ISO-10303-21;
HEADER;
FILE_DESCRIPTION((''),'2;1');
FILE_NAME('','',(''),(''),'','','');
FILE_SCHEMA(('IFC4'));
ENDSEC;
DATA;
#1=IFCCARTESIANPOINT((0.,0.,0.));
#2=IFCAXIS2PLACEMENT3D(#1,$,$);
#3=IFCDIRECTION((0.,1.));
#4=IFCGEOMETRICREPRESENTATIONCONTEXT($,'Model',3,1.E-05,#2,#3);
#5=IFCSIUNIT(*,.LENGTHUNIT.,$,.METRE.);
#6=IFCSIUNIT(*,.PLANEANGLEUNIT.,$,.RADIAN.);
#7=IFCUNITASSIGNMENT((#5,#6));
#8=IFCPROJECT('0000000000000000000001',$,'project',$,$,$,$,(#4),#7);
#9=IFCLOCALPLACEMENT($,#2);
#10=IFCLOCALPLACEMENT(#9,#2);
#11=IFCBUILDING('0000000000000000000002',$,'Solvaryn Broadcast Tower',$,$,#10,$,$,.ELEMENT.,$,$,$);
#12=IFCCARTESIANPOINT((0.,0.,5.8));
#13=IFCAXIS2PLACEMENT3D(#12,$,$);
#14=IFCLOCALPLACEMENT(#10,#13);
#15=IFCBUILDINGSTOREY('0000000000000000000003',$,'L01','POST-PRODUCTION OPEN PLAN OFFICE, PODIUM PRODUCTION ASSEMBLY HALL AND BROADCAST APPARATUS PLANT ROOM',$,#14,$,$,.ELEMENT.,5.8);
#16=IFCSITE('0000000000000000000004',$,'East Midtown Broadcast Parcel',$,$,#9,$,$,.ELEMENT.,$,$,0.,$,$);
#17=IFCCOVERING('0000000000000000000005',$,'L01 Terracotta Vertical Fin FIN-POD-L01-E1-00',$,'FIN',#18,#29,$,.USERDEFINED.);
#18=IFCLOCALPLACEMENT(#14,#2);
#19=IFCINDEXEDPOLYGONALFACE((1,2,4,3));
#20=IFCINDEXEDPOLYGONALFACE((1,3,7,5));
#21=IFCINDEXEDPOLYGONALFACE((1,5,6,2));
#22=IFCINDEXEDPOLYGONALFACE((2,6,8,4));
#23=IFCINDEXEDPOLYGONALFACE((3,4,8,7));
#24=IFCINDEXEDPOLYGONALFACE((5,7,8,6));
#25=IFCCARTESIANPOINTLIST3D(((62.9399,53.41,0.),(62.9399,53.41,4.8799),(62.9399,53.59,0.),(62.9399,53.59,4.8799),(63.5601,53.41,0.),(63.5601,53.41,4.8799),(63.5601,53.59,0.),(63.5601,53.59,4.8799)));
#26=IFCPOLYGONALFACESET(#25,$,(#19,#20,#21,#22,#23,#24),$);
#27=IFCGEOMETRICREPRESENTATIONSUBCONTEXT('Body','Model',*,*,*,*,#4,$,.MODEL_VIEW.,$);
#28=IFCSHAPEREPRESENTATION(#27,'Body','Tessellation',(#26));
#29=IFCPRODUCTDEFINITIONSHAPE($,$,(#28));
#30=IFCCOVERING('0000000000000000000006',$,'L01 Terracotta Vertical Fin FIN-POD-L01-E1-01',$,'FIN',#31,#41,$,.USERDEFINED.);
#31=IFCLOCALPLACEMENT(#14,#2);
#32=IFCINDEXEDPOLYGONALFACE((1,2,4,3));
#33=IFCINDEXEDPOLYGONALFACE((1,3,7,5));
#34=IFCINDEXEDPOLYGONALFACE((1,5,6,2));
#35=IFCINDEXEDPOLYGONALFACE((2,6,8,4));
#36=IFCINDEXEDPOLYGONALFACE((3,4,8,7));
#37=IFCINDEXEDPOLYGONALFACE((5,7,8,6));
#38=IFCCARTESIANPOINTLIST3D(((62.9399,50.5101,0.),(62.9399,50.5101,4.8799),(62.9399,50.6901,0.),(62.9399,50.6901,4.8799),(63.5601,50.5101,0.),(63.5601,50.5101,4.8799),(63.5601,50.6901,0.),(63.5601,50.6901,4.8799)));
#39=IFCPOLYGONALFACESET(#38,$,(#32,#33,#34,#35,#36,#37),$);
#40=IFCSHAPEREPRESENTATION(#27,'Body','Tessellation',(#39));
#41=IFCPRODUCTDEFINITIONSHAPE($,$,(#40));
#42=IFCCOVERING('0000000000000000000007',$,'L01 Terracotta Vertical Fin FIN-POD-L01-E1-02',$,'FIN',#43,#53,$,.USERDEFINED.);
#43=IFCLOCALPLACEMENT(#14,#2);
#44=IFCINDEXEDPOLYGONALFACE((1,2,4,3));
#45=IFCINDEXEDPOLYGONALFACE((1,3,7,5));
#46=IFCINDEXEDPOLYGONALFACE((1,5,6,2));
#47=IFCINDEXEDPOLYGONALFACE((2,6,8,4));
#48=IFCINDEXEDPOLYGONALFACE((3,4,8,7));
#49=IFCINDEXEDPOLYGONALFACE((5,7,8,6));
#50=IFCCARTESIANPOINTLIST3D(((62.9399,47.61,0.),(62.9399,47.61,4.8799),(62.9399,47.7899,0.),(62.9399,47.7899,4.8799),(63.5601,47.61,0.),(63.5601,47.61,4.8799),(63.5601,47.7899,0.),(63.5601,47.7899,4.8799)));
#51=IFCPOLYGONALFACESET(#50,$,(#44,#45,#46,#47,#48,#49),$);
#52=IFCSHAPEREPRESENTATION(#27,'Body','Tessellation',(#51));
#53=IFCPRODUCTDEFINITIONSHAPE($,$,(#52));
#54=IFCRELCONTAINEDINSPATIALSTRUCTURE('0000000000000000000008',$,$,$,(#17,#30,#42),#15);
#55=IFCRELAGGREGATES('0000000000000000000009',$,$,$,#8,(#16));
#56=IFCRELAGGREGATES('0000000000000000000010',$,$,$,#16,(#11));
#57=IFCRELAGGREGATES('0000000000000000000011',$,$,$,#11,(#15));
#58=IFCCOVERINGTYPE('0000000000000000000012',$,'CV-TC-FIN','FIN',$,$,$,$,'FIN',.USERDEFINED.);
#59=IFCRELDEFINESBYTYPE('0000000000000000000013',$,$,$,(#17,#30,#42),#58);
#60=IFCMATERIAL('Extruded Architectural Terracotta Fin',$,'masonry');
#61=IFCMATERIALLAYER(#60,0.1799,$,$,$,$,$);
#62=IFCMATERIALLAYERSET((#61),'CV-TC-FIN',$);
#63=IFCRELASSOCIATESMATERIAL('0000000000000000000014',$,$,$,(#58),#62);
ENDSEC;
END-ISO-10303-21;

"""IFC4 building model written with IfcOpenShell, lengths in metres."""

from ifc_helpers import new_model, si_unit, direction, frame, origin, origin_2d, place, context, subcontext, project, spatial, rectangle, extrude, material, layer, layer_set, type_object, element, save


model = new_model("IFC4")

# Units and contexts
model_context = context("Model", 3, precision=1e-05, world=origin(), true_north=direction((0.0, 1.0)))
body_context = subcontext(model_context, "Body", "Model", "MODEL_VIEW")
ifc_project = project(units=[si_unit("LENGTHUNIT", "METRE"), si_unit("PLANEANGLEUNIT", "RADIAN")], contexts=[model_context])

# Site, building, storey
site_placement = place(None, origin())
site = spatial("IfcSite", under=ifc_project, at=site_placement, Name="East Midtown Broadcast Parcel", CompositionType="ELEMENT", RefElevation=0.0)
building_placement = place(site_placement, origin())
building = spatial("IfcBuilding", under=site, at=building_placement, Name="Solvaryn Broadcast Tower", CompositionType="ELEMENT")
storey_placement = place(building_placement, frame((0.0, 0.0, 5.8)))
storey = spatial("IfcBuildingStorey", under=building, at=storey_placement, Name="L01", Description="POST-PRODUCTION OPEN PLAN OFFICE, PODIUM PRODUCTION ASSEMBLY HALL AND BROADCAST APPARATUS PLANT ROOM", CompositionType="ELEMENT", Elevation=5.8)

# Coverings
ifc_material_1 = material(Name="Extruded Architectural Terracotta Fin", Category="masonry")
ifc_layer_1 = layer(ifc_material_1, 0.1799)
ifc_layer_set_1 = layer_set([ifc_layer_1], Name="CV-TC-FIN")
covering_type = type_object("IfcCoveringType", Name="CV-TC-FIN", Description="FIN", ElementType="FIN", PredefinedType="USERDEFINED", material=ifc_layer_set_1)
for number, where, z_axis, x_axis, name in (
    (1, (63.25, 53.5, 0.0), (0.0, 0.0, 1.0), (1.0, 0.0, 0.0), "L01 Terracotta Vertical Fin FIN-POD-L01-E1-00"),
    (2, (63.25, 50.6001, 0.0), (0.0, 0.0, 1.0), (1.0, 0.0, 0.0), "L01 Terracotta Vertical Fin FIN-POD-L01-E1-01"),
    (3, (63.25, 47.7, 0.0), (0.0, 0.0, 1.0), (1.0, 0.0, 0.0), "L01 Terracotta Vertical Fin FIN-POD-L01-E1-02"),
):
    element("IfcCovering", number, at=place(storey_placement, frame(where, z_axis=z_axis, x_axis=x_axis)), inside=storey, type_object=covering_type, Name=name, ObjectType="FIN", PredefinedType="USERDEFINED", context=body_context, shape_type="SweptSolid", body=[
        extrude(rectangle(XDim=0.6201, YDim=0.1799, at=origin_2d()), origin(), (0.0, 0.0, 1.0), 4.8799),
    ])

save(model, "model.ifc")
